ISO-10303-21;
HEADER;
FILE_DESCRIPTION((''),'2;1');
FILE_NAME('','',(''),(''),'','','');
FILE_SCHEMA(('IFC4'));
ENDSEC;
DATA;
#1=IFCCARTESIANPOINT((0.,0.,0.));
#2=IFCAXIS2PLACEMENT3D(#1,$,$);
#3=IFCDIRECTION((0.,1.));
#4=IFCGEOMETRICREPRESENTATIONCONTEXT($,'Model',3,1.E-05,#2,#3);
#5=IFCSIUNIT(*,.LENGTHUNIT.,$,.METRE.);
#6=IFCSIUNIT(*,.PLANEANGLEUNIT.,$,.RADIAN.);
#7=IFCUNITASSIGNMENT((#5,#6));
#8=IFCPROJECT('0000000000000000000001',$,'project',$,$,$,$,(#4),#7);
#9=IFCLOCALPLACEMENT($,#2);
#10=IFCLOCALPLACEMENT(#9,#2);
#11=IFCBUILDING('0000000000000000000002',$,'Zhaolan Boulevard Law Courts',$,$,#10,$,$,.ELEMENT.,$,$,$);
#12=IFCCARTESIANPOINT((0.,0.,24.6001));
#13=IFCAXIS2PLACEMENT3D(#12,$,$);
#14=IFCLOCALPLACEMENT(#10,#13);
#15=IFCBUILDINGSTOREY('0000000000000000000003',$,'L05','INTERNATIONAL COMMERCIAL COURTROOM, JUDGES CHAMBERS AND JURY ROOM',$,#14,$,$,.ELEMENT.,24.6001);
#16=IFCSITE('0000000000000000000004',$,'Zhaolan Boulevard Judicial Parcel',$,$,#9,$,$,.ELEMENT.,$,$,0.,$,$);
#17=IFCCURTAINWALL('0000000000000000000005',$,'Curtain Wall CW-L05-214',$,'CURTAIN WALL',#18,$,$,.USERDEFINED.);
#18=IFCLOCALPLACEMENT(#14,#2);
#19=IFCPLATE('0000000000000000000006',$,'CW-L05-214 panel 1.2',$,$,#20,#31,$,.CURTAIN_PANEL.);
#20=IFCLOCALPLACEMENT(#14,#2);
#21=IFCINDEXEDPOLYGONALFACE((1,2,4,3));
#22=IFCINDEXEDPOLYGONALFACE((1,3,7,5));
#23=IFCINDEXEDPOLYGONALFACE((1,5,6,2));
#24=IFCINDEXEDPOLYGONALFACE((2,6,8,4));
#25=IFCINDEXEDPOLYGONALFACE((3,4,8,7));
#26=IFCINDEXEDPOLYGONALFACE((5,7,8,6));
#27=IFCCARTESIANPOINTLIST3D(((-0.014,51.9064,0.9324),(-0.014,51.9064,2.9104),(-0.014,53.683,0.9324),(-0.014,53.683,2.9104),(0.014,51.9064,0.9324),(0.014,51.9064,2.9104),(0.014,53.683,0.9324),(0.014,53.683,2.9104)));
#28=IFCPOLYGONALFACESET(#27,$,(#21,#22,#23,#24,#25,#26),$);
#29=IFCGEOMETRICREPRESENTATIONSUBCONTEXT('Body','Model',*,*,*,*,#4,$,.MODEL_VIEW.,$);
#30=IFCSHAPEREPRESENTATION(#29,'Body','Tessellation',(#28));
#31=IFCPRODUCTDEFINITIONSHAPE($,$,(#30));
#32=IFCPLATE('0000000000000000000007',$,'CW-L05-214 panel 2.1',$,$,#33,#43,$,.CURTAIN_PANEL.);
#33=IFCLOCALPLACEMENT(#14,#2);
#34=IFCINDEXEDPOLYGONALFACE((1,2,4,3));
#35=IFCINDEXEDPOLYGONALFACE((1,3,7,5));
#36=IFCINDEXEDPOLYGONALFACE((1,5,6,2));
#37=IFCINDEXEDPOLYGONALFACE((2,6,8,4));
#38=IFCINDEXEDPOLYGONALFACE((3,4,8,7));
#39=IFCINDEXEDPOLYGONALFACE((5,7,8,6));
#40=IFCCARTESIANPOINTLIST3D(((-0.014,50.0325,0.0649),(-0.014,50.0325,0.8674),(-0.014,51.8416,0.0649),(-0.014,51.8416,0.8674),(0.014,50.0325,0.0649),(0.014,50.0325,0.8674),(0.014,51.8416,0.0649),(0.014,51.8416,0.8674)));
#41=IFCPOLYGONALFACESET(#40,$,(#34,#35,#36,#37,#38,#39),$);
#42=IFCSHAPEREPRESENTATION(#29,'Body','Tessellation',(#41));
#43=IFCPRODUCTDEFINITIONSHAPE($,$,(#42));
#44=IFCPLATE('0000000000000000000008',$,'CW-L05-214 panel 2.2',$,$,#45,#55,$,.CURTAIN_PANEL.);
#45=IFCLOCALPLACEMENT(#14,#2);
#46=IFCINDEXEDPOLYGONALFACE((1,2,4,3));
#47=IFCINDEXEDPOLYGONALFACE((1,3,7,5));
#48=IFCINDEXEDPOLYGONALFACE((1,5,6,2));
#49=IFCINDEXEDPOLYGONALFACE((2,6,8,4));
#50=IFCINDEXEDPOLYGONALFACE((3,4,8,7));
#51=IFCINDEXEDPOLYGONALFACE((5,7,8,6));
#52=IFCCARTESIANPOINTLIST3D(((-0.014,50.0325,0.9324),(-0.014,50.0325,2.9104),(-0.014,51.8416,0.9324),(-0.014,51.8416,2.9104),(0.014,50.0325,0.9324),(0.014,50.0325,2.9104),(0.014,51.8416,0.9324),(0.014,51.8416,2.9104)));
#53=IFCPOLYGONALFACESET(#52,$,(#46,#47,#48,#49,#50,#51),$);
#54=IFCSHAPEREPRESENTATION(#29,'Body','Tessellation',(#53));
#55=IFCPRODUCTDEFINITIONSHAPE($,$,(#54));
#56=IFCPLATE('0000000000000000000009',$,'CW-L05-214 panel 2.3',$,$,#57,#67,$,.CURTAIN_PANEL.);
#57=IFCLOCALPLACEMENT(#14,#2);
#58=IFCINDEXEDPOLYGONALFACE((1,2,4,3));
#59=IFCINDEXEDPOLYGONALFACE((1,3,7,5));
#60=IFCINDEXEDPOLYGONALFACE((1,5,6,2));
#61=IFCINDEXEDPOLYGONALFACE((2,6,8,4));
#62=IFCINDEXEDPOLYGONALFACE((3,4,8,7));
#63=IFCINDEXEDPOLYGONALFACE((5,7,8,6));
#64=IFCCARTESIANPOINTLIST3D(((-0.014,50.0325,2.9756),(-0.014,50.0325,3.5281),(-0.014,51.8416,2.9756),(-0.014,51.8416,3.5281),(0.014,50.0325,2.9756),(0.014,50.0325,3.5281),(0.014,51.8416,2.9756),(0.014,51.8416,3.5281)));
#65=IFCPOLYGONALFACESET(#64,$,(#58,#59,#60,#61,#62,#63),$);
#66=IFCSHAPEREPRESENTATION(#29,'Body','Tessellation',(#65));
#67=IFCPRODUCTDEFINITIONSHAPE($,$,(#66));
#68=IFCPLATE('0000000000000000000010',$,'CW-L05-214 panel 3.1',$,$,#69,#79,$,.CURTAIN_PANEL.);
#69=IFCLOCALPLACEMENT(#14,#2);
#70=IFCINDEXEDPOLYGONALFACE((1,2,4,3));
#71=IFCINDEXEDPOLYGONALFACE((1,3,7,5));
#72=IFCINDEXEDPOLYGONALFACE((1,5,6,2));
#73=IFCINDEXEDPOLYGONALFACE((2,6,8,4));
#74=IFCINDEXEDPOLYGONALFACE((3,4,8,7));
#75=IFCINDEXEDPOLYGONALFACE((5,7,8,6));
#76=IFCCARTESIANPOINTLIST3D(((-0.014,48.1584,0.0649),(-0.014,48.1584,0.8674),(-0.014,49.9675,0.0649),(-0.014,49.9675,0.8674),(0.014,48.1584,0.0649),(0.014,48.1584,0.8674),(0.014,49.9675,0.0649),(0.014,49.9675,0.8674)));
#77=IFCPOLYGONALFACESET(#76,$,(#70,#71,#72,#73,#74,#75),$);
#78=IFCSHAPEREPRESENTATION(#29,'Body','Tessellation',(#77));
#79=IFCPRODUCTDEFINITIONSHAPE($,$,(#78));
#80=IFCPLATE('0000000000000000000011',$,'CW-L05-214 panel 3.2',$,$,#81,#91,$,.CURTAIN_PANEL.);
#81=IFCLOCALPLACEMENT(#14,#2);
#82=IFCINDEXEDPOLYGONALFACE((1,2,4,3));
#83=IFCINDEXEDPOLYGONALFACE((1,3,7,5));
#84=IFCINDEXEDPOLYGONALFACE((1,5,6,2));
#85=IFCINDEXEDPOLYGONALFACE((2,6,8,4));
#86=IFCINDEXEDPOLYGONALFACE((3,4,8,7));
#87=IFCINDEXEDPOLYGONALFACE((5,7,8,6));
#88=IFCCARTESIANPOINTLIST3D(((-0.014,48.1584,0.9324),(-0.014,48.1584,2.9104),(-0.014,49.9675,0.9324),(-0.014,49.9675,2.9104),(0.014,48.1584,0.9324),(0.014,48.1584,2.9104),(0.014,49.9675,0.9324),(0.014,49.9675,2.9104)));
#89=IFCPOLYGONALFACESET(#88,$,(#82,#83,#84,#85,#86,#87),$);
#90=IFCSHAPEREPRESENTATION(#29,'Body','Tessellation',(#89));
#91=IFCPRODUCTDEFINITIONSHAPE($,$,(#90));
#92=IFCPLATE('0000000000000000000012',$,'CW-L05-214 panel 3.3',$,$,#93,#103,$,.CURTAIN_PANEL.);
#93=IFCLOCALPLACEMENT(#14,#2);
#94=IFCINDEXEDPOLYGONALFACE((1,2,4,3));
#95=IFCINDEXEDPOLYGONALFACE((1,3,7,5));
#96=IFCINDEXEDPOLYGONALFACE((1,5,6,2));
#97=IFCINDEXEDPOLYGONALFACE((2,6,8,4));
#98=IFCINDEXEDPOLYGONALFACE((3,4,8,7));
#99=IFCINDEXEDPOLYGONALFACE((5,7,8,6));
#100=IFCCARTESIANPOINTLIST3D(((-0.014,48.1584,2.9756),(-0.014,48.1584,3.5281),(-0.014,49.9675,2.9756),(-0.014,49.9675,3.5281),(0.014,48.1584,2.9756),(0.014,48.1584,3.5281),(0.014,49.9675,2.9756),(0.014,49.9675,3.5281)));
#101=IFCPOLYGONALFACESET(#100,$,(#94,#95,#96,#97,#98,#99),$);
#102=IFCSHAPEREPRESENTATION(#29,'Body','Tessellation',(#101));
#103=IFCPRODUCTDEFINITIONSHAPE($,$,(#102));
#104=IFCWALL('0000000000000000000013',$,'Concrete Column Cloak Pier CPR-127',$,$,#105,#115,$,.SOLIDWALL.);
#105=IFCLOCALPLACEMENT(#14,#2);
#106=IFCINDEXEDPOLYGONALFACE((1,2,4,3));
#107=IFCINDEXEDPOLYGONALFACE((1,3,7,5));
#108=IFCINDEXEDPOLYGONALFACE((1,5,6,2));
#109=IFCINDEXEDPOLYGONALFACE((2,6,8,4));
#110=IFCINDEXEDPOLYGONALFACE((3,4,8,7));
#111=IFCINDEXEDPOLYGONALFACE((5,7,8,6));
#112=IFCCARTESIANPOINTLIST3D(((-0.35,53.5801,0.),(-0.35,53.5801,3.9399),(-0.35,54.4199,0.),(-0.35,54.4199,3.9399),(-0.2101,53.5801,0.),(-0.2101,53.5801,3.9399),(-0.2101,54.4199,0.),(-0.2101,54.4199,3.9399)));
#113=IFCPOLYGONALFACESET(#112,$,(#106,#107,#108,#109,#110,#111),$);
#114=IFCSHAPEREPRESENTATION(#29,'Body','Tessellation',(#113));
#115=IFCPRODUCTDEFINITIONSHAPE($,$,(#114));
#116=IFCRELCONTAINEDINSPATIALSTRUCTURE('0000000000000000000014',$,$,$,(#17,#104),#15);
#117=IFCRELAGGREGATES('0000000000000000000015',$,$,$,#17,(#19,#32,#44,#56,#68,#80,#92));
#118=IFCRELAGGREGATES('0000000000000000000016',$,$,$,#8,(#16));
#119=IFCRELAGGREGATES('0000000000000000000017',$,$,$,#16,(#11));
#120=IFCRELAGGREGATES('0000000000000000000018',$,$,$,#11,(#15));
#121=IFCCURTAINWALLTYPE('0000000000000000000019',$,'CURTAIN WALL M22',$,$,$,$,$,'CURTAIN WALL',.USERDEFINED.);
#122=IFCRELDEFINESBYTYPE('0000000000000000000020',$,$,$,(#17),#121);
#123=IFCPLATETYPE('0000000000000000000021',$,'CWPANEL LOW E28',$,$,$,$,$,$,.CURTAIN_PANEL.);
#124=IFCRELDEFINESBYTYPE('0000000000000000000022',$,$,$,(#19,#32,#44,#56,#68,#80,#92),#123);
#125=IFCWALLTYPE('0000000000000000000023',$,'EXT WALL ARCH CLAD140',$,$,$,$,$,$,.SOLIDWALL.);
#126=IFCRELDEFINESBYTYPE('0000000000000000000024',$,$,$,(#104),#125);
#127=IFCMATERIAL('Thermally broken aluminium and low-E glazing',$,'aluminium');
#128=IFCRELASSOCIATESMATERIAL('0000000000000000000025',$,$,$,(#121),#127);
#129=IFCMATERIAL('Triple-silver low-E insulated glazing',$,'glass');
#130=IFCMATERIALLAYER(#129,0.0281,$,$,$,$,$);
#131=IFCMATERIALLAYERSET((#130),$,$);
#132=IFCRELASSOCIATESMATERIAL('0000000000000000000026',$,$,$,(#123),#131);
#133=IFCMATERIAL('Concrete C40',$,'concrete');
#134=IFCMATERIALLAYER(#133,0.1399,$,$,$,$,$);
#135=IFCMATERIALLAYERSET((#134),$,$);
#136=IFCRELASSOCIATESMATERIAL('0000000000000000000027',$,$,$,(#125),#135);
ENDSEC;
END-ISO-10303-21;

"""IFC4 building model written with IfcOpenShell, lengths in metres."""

from ifc_helpers import new_model, si_unit, direction, frame, frame_2d, origin, origin_2d, place, context, subcontext, project, spatial, rectangle, extrude, material, layer, layer_set, type_object, element, aggregate, save


model = new_model("IFC4")

# Units and contexts
model_context = context("Model", 3, precision=1e-05, world=origin(), true_north=direction((0.0, 1.0)))
body_context = subcontext(model_context, "Body", "Model", "MODEL_VIEW")
ifc_project = project(units=[si_unit("LENGTHUNIT", "METRE"), si_unit("PLANEANGLEUNIT", "RADIAN")], contexts=[model_context])

# Site, building, storey
site_placement = place(None, origin())
site = spatial("IfcSite", under=ifc_project, at=site_placement, Name="Zhaolan Boulevard Judicial Parcel", CompositionType="ELEMENT", RefElevation=0.0)
building_placement = place(site_placement, origin())
building = spatial("IfcBuilding", under=site, at=building_placement, Name="Zhaolan Boulevard Law Courts", CompositionType="ELEMENT")
storey_placement = place(building_placement, frame((0.0, 0.0, 24.6001)))
storey = spatial("IfcBuildingStorey", under=building, at=storey_placement, Name="L05", Description="INTERNATIONAL COMMERCIAL COURTROOM, JUDGES CHAMBERS AND JURY ROOM", CompositionType="ELEMENT", Elevation=24.6001)

# Curtain wall, plates
ifc_material_1 = material(Name="Thermally broken aluminium and low-E glazing", Category="aluminium")
curtain_wall_type = type_object("IfcCurtainWallType", Name="CURTAIN WALL M22", ElementType="CURTAIN WALL", PredefinedType="USERDEFINED", material=ifc_material_1)
curtain_wall_placement = place(storey_placement, origin())
curtain_wall = element("IfcCurtainWall", 1, at=curtain_wall_placement, inside=storey, type_object=curtain_wall_type, Name="Curtain Wall CW-L05-214", ObjectType="CURTAIN WALL", PredefinedType="USERDEFINED")
ifc_material_2 = material(Name="Triple-silver low-E insulated glazing", Category="glass")
ifc_layer_1 = layer(ifc_material_2, 0.0281)
ifc_layer_set_1 = layer_set([ifc_layer_1])
plate_type = type_object("IfcPlateType", Name="CWPANEL LOW E28", PredefinedType="CURTAIN_PANEL", material=ifc_layer_set_1)
plate_1_placement = place(storey_placement, frame((0.0, 52.7947, 0.9324), z_axis=(0.0, 0.0, 1.0), x_axis=(0.0, -1.0, 0.0)))
plate_1 = element("IfcPlate", 2, at=plate_1_placement, type_object=plate_type, Name="CW-L05-214 panel 1.2", PredefinedType="CURTAIN_PANEL", context=body_context, shape_type="SweptSolid", body=[
    extrude(rectangle(XDim=1.7766, YDim=0.0281, at=origin_2d()), origin(), (0.0, 0.0, 1.0), 1.978),
])
plate_2_placement = place(storey_placement, frame((0.0, 50.937, 0.0649), z_axis=(0.0, 0.0, 1.0), x_axis=(0.0, -1.0, 0.0)))
plate_2 = element("IfcPlate", 3, at=plate_2_placement, type_object=plate_type, Name="CW-L05-214 panel 2.1", PredefinedType="CURTAIN_PANEL", context=body_context, shape_type="SweptSolid", body=[
    extrude(rectangle(XDim=1.8091, YDim=0.0281, at=origin_2d()), origin(), (0.0, 0.0, 1.0), 0.8025),
])
plate_3_placement = place(storey_placement, frame((0.0, 50.937, 0.9324), z_axis=(0.0, 0.0, 1.0), x_axis=(0.0, -1.0, 0.0)))
plate_3 = element("IfcPlate", 4, at=plate_3_placement, type_object=plate_type, Name="CW-L05-214 panel 2.2", PredefinedType="CURTAIN_PANEL", context=body_context, shape_type="SweptSolid", body=[
    extrude(rectangle(XDim=1.8091, YDim=0.0281, at=origin_2d()), origin(), (0.0, 0.0, 1.0), 1.978),
])
plate_4_placement = place(storey_placement, frame((0.0, 50.937, 2.9756), z_axis=(0.0, 0.0, 1.0), x_axis=(0.0, -1.0, 0.0)))
plate_4 = element("IfcPlate", 5, at=plate_4_placement, type_object=plate_type, Name="CW-L05-214 panel 2.3", PredefinedType="CURTAIN_PANEL", context=body_context, shape_type="SweptSolid", body=[
    extrude(rectangle(XDim=1.8091, YDim=0.0281, at=origin_2d()), origin(), (0.0, 0.0, 1.0), 0.5525),
])
plate_5_placement = place(storey_placement, frame((0.0, 49.063, 0.0649), z_axis=(0.0, 0.0, 1.0), x_axis=(0.0, -1.0, 0.0)))
plate_5 = element("IfcPlate", 6, at=plate_5_placement, type_object=plate_type, Name="CW-L05-214 panel 3.1", PredefinedType="CURTAIN_PANEL", context=body_context, shape_type="SweptSolid", body=[
    extrude(rectangle(XDim=1.8091, YDim=0.0281, at=origin_2d()), origin(), (0.0, 0.0, 1.0), 0.8025),
])
plate_6_placement = place(storey_placement, frame((0.0, 49.063, 0.9324), z_axis=(0.0, 0.0, 1.0), x_axis=(0.0, -1.0, 0.0)))
plate_6 = element("IfcPlate", 7, at=plate_6_placement, type_object=plate_type, Name="CW-L05-214 panel 3.2", PredefinedType="CURTAIN_PANEL", context=body_context, shape_type="SweptSolid", body=[
    extrude(rectangle(XDim=1.8091, YDim=0.0281, at=origin_2d()), origin(), (0.0, 0.0, 1.0), 1.978),
])
plate_7_placement = place(storey_placement, frame((0.0, 49.063, 2.9756), z_axis=(0.0, 0.0, 1.0), x_axis=(0.0, -1.0, 0.0)))
plate_7 = element("IfcPlate", 8, at=plate_7_placement, type_object=plate_type, Name="CW-L05-214 panel 3.3", PredefinedType="CURTAIN_PANEL", context=body_context, shape_type="SweptSolid", body=[
    extrude(rectangle(XDim=1.8091, YDim=0.0281, at=origin_2d()), origin(), (0.0, 0.0, 1.0), 0.5525),
])
aggregate(curtain_wall, [plate_1, plate_2, plate_3, plate_4, plate_5, plate_6, plate_7])

# Wall
ifc_material_3 = material(Name="Concrete C40", Category="concrete")
ifc_layer_2 = layer(ifc_material_3, 0.1399)
ifc_layer_set_2 = layer_set([ifc_layer_2])
wall_type = type_object("IfcWallType", Name="EXT WALL ARCH CLAD140", PredefinedType="SOLIDWALL", material=ifc_layer_set_2)
wall_placement = place(storey_placement, frame((-0.28, 53.5801, 0.0), z_axis=(0.0, 0.0, 1.0), x_axis=(0.0, 1.0, 0.0)))
element("IfcWall", 9, at=wall_placement, inside=storey, type_object=wall_type, Name="Concrete Column Cloak Pier CPR-127", PredefinedType="SOLIDWALL", context=body_context, shape_type="SweptSolid", body=[
    extrude(rectangle(XDim=0.8398, YDim=0.1399, at=frame_2d((0.4199, 0.0))), origin(), (0.0, 0.0, 1.0), 3.9399),
])

save(model, "model.ifc")
